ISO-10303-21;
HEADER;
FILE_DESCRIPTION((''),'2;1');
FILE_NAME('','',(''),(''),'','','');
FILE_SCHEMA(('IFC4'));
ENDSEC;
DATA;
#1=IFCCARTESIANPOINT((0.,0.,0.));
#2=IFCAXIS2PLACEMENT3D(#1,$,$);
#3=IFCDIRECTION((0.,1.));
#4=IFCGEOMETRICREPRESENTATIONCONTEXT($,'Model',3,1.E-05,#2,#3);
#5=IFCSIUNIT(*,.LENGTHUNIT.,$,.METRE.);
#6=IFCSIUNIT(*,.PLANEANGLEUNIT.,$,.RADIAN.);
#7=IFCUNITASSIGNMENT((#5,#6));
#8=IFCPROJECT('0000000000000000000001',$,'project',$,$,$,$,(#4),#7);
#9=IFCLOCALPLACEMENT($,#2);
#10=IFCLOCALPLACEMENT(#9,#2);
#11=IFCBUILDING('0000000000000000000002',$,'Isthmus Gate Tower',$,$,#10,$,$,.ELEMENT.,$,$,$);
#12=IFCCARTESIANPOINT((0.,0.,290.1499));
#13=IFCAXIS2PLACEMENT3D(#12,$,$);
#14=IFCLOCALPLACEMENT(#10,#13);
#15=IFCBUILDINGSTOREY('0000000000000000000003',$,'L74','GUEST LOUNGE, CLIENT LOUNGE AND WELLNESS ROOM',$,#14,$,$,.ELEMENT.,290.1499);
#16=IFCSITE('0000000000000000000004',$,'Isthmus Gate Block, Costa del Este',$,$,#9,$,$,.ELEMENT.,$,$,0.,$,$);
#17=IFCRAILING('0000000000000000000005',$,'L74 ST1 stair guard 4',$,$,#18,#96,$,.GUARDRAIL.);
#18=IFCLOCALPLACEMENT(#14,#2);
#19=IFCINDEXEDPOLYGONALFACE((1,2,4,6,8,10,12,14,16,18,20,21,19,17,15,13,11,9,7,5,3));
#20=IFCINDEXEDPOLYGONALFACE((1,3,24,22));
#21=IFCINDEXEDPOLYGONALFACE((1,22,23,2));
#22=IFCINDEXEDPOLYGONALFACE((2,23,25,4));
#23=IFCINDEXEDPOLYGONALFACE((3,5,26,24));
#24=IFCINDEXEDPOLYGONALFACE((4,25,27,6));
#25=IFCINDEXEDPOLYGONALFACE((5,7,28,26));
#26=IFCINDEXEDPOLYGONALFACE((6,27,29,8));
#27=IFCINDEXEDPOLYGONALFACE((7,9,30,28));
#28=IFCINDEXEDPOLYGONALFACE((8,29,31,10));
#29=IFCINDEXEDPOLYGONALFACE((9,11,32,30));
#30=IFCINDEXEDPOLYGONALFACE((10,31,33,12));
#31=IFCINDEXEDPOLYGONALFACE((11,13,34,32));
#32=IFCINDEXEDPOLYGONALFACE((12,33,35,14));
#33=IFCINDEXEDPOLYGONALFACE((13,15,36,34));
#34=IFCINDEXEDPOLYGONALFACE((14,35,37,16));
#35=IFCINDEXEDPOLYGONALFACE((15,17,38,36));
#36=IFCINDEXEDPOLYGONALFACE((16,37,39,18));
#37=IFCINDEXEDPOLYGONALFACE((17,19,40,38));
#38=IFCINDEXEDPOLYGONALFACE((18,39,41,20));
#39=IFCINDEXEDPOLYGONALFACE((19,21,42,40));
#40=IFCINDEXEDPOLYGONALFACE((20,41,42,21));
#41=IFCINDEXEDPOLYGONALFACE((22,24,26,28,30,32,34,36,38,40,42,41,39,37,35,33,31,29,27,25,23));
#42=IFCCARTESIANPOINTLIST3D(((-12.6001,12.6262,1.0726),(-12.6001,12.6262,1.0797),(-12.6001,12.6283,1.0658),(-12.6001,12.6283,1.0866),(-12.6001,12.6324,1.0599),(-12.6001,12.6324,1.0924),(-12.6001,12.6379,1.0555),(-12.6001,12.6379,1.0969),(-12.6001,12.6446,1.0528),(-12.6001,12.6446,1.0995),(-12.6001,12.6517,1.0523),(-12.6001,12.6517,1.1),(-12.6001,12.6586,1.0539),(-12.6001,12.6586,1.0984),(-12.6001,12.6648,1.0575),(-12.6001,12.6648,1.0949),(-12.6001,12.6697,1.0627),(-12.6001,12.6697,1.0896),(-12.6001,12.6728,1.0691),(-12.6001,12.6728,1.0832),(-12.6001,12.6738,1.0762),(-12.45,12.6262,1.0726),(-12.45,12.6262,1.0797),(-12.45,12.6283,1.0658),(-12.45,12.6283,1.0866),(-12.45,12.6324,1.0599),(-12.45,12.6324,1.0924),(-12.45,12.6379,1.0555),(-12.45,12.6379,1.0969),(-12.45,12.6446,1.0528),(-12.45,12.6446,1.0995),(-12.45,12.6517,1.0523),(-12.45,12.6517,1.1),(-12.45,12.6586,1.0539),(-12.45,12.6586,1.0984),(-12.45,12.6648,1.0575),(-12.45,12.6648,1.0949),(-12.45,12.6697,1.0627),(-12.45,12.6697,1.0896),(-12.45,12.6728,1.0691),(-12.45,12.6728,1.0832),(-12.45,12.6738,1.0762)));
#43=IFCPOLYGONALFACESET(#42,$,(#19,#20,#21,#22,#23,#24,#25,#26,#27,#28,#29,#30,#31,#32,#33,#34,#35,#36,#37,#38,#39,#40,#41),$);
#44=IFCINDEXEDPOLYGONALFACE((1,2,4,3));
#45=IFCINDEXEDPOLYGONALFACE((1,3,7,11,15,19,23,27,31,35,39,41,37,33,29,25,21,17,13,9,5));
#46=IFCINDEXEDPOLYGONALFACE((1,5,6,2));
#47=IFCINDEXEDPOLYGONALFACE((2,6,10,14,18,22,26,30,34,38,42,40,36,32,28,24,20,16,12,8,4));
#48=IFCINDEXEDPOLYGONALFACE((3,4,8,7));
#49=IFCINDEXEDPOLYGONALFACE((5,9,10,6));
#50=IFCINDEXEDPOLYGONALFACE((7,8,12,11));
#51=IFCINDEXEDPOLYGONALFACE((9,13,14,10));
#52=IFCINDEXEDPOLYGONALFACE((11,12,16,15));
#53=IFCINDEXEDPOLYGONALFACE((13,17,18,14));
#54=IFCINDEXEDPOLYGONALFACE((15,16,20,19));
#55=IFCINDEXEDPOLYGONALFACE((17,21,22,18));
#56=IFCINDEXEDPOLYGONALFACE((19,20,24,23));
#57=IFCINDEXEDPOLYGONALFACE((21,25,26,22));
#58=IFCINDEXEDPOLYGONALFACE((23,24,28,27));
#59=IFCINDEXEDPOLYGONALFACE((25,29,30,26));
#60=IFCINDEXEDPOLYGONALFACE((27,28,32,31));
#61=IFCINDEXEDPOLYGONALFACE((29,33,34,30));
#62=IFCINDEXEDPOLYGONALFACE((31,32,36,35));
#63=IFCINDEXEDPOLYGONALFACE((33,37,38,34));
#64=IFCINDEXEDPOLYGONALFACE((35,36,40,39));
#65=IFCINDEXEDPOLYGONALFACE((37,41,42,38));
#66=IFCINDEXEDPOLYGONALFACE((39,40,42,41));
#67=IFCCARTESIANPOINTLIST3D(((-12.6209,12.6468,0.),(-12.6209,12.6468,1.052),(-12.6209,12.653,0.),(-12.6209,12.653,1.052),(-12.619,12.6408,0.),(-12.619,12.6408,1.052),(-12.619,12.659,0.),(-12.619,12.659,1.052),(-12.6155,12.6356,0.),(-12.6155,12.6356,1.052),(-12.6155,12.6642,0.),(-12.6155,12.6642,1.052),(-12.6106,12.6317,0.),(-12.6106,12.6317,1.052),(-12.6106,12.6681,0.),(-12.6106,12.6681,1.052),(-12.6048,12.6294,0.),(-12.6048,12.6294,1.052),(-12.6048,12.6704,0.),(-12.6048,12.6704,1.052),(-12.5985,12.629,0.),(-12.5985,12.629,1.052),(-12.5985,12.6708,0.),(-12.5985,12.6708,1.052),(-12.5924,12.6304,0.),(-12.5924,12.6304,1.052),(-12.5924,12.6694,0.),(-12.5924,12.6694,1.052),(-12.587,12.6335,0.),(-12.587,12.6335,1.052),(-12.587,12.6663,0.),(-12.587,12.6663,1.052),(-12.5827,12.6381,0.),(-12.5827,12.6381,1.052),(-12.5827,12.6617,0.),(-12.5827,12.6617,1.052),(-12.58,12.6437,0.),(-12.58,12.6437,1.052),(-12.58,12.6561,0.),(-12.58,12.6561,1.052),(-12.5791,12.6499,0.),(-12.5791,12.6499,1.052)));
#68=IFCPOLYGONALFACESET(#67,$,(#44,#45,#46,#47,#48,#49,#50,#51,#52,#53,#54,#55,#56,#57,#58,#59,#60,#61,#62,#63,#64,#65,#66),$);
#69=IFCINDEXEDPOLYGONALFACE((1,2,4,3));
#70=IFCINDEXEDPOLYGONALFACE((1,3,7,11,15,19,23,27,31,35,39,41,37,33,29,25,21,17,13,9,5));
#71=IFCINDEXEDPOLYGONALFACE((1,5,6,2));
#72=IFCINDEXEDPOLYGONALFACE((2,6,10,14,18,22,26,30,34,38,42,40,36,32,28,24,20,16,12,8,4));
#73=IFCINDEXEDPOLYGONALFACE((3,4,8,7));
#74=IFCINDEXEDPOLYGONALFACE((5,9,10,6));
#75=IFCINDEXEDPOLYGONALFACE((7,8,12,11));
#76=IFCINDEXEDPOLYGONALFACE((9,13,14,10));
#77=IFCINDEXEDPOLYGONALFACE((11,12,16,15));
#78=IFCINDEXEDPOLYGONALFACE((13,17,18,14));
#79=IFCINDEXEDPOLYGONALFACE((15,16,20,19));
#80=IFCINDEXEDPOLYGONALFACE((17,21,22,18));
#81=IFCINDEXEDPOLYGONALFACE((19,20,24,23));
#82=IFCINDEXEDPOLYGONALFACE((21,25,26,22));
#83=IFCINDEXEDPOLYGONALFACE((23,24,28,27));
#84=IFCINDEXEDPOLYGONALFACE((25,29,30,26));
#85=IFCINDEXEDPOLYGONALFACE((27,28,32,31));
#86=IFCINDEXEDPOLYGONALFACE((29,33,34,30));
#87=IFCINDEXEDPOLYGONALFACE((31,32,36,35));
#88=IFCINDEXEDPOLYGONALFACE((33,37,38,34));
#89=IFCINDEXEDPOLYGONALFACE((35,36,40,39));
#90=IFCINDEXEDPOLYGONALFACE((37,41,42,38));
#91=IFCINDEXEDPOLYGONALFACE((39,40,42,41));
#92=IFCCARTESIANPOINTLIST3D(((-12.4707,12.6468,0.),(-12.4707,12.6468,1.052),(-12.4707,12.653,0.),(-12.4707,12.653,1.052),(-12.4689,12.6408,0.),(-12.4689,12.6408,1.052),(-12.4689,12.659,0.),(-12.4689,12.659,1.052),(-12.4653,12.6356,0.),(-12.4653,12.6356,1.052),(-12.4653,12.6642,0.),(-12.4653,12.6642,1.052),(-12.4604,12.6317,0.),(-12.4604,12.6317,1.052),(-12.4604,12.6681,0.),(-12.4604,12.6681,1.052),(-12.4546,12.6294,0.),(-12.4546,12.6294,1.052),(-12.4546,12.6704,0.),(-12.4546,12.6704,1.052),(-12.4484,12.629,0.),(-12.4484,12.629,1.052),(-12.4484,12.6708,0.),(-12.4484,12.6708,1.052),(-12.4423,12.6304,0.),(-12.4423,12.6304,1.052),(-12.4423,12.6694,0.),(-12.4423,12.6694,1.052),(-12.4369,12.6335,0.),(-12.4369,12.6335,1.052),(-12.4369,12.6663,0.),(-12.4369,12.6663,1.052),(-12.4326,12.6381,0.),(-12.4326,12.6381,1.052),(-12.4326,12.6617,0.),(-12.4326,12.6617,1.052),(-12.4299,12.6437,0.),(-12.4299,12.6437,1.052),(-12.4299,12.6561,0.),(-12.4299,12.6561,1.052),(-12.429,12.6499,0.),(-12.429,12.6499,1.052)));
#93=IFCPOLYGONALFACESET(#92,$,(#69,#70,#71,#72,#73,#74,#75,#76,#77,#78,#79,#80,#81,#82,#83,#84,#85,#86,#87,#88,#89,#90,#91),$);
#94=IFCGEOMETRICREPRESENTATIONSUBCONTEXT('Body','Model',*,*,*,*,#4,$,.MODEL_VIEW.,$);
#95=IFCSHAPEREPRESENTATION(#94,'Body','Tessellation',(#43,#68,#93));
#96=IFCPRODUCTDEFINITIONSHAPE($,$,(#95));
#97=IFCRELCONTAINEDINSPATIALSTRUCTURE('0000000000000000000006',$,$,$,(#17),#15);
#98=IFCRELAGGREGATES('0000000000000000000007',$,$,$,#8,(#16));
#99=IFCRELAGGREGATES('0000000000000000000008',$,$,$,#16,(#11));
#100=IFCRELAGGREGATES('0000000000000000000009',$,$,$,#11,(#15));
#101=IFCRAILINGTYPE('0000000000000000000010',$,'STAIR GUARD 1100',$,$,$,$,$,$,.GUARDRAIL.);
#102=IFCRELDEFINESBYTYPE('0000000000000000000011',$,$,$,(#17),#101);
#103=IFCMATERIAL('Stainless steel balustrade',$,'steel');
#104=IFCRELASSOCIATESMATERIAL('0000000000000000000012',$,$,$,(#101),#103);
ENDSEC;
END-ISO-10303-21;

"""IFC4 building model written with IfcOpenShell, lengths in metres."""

from ifc_helpers import new_model, si_unit, direction, frame, origin, origin_2d, place, context, subcontext, project, spatial, circle, extrude, material, type_object, element, save


model = new_model("IFC4")

# Units and contexts
model_context = context("Model", 3, precision=1e-05, world=origin(), true_north=direction((0.0, 1.0)))
body_context = subcontext(model_context, "Body", "Model", "MODEL_VIEW")
ifc_project = project(units=[si_unit("LENGTHUNIT", "METRE"), si_unit("PLANEANGLEUNIT", "RADIAN")], contexts=[model_context])

# Site, building, storey
site_placement = place(None, origin())
site = spatial("IfcSite", under=ifc_project, at=site_placement, Name="Isthmus Gate Block, Costa del Este", CompositionType="ELEMENT", RefElevation=0.0)
building_placement = place(site_placement, origin())
building = spatial("IfcBuilding", under=site, at=building_placement, Name="Isthmus Gate Tower", CompositionType="ELEMENT")
storey_placement = place(building_placement, frame((0.0, 0.0, 290.1499)))
storey = spatial("IfcBuildingStorey", under=building, at=storey_placement, Name="L74", Description="GUEST LOUNGE, CLIENT LOUNGE AND WELLNESS ROOM", CompositionType="ELEMENT", Elevation=290.1499)

# Railing
ifc_material_1 = material(Name="Stainless steel balustrade", Category="steel")
railing_type_1 = type_object("IfcRailingType", Name="STAIR GUARD 1100", PredefinedType="GUARDRAIL", material=ifc_material_1)
railing_1_placement = place(storey_placement, frame((-12.6001, 12.6499, 0.0)))
element("IfcRailing", 1, at=railing_1_placement, inside=storey, type_object=railing_type_1, Name="L74 ST1 stair guard 4", PredefinedType="GUARDRAIL", context=body_context, shape_type="SweptSolid", body=[
    extrude(circle(Radius=0.0239, at=origin_2d()), frame((0.0, 0.0, 1.0762), z_axis=(1.0, 0.0, 0.0), x_axis=(0.0, 1.0, 0.0)), (0.0, 0.0, 1.0), 0.1501),
    extrude(circle(Radius=0.021, at=origin_2d()), origin(), (0.0, 0.0, 1.0), 1.052),
    extrude(circle(Radius=0.021, at=origin_2d()), frame((0.1501, 0.0, 0.0)), (0.0, 0.0, 1.0), 1.052),
])

save(model, "model.ifc")
